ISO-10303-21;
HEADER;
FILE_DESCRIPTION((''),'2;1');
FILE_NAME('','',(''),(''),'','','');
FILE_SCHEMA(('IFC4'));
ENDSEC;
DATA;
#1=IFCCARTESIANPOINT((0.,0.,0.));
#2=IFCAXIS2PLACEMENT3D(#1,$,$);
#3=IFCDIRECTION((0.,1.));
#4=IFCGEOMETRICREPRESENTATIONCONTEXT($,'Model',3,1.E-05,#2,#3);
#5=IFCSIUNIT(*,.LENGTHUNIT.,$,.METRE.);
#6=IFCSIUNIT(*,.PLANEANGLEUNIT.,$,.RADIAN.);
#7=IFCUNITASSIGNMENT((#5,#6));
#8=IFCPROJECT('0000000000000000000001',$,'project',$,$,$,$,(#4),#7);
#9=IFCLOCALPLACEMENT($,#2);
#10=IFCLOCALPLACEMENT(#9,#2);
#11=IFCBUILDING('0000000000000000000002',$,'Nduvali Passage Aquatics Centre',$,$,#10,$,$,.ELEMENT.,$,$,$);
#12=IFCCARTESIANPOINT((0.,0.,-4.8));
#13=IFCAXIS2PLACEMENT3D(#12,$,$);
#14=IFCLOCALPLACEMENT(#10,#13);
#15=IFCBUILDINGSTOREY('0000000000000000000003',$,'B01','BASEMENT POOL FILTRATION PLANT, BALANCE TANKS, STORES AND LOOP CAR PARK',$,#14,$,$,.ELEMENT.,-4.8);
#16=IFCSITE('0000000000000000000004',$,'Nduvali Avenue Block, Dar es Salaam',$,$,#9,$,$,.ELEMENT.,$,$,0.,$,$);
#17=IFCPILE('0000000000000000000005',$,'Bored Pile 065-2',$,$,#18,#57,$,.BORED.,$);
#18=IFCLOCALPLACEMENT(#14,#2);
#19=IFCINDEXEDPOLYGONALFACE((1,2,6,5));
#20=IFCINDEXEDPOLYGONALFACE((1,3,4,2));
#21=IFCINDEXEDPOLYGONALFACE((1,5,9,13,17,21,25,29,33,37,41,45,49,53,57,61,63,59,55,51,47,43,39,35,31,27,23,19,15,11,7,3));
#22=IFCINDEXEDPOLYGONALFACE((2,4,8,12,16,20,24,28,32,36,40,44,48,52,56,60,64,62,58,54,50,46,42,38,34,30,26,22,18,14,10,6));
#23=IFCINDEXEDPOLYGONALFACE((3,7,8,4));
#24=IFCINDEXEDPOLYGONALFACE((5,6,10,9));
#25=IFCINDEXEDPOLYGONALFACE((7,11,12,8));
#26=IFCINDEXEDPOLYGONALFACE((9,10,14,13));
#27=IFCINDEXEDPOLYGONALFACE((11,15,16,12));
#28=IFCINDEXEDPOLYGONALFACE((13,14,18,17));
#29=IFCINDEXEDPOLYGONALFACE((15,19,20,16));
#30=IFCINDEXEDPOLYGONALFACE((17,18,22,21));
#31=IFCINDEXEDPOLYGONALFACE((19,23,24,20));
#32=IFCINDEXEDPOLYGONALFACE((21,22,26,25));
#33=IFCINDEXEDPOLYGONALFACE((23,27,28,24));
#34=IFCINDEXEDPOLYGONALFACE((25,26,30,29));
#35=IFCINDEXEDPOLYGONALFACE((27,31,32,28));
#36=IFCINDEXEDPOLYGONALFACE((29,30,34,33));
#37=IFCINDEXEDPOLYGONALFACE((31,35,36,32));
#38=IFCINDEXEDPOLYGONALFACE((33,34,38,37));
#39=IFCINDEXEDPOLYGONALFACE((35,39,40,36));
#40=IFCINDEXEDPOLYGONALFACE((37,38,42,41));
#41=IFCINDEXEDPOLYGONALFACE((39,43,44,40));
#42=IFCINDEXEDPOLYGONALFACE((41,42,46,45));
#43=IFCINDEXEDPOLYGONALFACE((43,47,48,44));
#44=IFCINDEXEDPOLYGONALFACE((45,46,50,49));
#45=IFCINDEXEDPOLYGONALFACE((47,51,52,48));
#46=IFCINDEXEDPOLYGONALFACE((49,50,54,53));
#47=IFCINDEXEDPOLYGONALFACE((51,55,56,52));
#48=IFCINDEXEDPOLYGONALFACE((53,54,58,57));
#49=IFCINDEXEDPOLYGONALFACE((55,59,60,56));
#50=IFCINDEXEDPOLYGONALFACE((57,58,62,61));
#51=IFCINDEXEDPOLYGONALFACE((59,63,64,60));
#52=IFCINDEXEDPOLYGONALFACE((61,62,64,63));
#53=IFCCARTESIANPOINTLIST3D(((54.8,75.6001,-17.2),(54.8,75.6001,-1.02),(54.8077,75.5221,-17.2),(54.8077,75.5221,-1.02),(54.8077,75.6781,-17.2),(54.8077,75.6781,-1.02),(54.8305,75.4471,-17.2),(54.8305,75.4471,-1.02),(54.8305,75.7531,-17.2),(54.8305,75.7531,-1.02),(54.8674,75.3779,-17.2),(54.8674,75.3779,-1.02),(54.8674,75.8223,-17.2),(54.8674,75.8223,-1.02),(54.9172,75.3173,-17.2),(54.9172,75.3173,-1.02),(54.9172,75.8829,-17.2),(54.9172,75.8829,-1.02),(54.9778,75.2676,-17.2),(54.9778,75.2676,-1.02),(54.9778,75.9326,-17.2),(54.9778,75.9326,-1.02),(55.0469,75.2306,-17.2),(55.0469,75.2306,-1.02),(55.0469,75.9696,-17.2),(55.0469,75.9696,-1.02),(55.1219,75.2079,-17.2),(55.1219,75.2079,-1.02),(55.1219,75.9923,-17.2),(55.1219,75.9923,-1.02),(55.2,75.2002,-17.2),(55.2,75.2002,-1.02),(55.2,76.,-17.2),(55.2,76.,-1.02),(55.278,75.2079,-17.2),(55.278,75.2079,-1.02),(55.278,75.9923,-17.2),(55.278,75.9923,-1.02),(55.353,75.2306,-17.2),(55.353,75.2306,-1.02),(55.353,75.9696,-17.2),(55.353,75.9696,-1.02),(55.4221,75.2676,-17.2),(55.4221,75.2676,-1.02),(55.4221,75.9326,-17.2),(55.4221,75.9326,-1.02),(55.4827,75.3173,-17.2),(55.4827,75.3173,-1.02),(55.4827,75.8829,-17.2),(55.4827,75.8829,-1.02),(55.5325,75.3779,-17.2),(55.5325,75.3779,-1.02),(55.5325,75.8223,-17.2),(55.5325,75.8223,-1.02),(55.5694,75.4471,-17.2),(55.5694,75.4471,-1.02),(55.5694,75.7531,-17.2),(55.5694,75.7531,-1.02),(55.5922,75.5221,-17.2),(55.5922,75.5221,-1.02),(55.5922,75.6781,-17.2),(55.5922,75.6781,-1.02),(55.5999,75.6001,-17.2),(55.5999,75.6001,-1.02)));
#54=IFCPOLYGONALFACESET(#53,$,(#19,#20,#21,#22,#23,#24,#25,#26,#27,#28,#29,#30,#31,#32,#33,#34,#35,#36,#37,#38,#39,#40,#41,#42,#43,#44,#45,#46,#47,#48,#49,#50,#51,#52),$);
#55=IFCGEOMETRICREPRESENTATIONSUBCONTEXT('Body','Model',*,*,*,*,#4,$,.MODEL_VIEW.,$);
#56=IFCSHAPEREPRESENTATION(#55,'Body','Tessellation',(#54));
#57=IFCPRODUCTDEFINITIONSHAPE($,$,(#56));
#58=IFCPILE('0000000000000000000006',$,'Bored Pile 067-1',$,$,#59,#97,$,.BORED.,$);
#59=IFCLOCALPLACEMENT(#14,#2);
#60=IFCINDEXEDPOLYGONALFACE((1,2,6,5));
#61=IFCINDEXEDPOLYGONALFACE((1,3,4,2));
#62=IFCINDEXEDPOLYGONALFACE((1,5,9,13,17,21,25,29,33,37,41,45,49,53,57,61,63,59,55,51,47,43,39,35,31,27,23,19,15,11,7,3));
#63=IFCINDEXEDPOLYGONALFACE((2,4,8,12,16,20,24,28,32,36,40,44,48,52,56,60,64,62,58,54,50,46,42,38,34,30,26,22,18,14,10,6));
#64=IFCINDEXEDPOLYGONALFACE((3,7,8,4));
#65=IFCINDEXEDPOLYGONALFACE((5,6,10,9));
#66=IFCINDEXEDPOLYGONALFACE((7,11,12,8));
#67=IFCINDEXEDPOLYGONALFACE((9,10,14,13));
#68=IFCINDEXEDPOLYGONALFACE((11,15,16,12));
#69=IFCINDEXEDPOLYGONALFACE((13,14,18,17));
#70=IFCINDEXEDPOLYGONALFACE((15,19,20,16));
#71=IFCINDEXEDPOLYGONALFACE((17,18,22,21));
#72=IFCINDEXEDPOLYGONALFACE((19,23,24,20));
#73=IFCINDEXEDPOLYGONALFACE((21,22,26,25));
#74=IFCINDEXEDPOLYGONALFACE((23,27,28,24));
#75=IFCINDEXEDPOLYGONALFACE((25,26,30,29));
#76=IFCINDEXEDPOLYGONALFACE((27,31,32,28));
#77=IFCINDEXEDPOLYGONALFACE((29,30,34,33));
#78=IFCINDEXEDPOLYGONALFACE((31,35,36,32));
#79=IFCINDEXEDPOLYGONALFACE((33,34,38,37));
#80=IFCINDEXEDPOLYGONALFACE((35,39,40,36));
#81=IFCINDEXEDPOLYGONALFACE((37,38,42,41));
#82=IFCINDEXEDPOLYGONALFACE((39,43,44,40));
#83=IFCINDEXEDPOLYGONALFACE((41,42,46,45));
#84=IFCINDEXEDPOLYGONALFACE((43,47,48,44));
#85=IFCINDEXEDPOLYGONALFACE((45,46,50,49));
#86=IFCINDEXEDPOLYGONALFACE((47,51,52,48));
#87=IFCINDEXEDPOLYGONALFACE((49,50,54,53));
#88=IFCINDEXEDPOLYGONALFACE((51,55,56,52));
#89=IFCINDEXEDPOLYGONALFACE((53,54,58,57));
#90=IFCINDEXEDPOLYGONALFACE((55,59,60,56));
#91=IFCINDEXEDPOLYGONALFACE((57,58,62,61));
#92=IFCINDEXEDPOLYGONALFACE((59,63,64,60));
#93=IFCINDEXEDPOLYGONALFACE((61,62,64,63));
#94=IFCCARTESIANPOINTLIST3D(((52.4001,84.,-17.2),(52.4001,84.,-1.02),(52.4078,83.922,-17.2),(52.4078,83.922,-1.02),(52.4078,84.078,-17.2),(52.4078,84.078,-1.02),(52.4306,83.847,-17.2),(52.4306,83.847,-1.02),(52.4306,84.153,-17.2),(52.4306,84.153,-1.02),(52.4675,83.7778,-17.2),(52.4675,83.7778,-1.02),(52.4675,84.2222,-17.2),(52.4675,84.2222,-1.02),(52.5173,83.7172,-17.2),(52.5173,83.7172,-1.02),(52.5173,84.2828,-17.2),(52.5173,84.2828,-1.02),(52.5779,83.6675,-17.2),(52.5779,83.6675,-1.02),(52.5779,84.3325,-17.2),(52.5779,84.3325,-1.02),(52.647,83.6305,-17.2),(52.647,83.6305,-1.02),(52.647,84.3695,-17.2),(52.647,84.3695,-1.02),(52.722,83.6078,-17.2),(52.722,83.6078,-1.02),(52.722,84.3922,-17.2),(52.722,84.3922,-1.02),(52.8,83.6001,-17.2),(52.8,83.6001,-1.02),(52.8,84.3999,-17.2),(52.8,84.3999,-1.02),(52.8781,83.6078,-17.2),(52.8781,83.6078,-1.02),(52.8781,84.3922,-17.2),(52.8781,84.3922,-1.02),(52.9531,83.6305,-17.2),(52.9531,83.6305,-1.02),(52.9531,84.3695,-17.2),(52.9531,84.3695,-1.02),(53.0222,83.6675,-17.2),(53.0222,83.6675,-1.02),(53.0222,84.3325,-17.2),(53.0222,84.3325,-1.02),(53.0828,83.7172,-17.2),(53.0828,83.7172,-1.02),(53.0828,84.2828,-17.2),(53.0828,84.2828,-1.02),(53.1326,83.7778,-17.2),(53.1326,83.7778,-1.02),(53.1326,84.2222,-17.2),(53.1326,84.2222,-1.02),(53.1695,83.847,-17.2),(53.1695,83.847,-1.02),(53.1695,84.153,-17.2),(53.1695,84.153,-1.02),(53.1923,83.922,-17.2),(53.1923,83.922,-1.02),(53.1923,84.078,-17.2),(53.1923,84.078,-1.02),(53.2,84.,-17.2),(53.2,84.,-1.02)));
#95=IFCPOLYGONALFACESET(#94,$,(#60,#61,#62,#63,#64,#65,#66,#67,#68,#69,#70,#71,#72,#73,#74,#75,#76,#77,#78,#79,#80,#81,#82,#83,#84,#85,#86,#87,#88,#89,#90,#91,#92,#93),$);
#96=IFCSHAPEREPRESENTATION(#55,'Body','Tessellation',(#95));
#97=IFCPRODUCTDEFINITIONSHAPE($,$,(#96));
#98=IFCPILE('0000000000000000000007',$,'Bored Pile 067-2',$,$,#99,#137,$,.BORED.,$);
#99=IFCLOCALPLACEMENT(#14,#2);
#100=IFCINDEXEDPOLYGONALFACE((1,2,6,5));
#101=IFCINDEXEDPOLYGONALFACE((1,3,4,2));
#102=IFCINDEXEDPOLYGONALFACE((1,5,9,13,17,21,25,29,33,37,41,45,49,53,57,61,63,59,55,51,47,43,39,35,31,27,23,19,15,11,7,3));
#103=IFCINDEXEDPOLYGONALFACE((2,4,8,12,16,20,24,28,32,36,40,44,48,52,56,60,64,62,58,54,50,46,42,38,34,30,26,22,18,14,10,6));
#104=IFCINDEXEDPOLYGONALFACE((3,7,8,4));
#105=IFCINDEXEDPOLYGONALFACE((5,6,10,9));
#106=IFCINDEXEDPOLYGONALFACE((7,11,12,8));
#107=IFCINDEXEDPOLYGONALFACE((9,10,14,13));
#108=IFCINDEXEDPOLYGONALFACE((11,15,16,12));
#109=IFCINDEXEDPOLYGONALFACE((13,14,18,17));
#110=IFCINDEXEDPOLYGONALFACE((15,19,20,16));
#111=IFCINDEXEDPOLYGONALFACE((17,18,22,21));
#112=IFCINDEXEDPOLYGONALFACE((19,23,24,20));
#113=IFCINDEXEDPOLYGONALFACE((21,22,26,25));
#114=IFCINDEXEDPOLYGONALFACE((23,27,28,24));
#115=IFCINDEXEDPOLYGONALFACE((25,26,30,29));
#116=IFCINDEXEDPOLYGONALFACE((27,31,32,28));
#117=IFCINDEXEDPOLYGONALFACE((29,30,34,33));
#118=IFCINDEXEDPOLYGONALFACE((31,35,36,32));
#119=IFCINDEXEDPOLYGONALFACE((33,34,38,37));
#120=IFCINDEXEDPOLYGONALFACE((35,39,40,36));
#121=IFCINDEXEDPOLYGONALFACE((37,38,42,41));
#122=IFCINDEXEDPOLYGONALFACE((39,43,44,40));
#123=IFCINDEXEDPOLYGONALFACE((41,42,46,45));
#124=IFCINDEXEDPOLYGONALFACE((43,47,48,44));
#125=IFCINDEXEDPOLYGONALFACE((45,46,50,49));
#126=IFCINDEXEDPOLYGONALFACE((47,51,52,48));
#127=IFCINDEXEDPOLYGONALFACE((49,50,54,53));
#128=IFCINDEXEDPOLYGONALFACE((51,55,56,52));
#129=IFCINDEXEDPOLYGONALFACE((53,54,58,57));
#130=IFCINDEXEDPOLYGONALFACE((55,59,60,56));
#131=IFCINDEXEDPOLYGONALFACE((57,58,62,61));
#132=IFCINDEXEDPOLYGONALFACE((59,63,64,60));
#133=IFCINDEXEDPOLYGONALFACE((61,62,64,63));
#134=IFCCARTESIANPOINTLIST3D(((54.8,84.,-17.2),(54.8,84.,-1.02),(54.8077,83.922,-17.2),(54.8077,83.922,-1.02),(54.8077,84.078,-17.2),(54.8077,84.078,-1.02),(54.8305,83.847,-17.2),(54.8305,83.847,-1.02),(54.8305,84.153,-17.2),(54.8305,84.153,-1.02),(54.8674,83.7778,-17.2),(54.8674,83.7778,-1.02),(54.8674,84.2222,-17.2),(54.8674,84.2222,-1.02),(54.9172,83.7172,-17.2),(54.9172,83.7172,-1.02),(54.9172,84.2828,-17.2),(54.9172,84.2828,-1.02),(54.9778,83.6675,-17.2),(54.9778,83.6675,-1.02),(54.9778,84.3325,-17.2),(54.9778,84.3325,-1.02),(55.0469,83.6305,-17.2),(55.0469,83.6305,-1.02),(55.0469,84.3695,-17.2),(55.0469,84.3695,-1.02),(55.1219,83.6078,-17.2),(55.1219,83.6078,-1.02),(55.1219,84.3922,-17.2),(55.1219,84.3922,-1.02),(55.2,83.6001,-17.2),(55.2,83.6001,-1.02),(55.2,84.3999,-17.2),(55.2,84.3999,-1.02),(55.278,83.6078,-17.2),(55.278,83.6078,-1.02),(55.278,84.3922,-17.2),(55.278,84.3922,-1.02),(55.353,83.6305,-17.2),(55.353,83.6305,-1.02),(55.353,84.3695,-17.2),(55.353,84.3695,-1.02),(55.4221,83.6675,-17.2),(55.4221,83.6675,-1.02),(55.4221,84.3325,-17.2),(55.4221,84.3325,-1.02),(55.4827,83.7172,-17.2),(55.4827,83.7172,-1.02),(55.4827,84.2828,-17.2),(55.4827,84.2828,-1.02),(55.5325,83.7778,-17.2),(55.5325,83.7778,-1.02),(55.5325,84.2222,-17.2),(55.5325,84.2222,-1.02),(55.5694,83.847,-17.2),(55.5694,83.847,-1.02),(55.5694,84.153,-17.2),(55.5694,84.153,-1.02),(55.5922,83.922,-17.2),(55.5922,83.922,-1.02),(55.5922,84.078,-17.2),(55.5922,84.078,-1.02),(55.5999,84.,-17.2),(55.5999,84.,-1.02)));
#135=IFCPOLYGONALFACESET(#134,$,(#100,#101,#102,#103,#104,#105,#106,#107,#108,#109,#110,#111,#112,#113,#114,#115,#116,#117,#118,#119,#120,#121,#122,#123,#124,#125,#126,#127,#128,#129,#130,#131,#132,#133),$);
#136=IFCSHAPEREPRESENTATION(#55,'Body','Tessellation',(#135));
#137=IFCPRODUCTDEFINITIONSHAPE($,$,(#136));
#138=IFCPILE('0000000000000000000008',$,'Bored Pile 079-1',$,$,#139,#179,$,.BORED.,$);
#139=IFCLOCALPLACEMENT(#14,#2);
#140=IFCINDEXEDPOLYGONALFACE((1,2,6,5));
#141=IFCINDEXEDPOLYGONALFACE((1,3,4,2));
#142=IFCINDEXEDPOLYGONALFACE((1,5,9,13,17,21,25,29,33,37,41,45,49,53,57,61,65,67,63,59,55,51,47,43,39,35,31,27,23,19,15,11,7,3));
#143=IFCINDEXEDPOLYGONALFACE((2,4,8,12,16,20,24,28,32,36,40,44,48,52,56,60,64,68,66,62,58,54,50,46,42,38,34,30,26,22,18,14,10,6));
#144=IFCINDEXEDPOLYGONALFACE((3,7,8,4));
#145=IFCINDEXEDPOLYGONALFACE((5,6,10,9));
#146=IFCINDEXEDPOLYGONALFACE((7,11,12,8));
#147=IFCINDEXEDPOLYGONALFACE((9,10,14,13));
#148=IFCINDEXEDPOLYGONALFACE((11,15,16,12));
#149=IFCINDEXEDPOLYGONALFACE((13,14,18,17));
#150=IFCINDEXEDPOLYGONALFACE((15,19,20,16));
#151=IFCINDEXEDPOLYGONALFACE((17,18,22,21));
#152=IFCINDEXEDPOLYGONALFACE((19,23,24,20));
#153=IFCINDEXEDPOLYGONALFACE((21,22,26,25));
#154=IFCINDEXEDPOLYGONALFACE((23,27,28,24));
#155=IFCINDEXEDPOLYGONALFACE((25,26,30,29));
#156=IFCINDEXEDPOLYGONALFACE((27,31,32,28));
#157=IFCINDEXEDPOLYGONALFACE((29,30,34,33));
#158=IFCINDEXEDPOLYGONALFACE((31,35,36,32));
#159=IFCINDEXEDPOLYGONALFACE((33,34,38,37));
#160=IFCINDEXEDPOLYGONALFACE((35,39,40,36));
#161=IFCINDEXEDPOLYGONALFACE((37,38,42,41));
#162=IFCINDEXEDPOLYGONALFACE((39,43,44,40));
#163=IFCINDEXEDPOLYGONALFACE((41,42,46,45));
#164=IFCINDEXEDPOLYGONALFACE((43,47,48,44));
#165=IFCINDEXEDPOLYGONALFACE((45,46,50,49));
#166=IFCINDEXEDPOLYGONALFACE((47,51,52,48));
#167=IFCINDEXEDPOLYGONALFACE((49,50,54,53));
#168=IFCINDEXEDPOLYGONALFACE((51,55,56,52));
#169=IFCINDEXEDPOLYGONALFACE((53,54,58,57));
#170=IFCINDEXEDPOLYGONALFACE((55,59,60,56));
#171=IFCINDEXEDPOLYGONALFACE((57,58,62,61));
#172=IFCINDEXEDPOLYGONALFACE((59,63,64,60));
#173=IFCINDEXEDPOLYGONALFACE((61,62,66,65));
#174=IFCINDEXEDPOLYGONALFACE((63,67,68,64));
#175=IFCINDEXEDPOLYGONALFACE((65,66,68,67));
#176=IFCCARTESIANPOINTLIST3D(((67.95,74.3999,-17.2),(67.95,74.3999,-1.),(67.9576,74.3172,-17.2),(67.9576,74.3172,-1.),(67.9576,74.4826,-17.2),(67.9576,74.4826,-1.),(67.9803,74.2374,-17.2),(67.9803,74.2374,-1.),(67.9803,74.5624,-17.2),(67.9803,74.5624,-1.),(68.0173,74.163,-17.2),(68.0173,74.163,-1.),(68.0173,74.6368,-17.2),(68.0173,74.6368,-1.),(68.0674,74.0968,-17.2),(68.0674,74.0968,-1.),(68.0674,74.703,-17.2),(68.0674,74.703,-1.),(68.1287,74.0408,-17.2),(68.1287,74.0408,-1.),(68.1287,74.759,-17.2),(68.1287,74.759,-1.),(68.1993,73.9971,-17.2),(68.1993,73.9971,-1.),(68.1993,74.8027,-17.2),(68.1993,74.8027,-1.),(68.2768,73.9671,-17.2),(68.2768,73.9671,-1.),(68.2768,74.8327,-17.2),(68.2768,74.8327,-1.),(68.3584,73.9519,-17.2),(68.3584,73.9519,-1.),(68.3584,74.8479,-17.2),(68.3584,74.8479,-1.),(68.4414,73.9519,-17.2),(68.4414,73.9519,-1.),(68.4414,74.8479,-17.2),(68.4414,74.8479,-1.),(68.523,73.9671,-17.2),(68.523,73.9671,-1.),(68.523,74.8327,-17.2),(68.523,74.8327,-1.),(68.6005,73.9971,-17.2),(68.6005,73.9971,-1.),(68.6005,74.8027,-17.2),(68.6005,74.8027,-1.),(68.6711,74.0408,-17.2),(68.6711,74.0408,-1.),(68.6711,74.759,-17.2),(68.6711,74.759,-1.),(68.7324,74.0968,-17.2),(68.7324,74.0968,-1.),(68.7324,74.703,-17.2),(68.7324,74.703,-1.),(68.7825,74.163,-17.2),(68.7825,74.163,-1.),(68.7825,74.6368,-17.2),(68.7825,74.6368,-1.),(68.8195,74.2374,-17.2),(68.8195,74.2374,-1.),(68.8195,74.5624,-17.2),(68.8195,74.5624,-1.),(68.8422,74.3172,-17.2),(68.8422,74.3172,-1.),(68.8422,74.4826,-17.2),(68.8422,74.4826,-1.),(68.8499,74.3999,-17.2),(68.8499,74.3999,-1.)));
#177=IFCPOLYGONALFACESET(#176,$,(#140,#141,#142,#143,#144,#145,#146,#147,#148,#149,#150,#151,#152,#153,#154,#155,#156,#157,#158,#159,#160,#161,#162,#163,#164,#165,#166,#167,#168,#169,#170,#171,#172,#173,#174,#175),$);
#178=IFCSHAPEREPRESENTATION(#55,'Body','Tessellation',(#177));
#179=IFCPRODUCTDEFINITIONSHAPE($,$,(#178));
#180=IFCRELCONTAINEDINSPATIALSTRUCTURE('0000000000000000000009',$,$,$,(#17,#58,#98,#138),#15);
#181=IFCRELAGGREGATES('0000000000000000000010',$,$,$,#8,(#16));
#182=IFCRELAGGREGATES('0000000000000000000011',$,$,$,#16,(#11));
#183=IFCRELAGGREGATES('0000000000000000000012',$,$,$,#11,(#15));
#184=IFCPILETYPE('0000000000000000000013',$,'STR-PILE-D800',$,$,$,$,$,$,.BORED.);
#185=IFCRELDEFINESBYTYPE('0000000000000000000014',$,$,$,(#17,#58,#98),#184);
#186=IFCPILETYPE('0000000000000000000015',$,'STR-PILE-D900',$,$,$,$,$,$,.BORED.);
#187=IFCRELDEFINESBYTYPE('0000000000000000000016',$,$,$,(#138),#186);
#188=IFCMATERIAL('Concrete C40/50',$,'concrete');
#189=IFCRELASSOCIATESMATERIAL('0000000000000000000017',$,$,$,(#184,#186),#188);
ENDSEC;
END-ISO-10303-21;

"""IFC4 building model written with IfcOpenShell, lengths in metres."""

from ifc_helpers import new_model, si_unit, direction, frame, origin, origin_2d, place, context, subcontext, project, spatial, circle, extrude, material, material_profile, profile_set, type_object, element, save


model = new_model("IFC4")

# Units and contexts
model_context = context("Model", 3, precision=1e-05, world=origin(), true_north=direction((0.0, 1.0)))
body_context = subcontext(model_context, "Body", "Model", "MODEL_VIEW")
ifc_project = project(units=[si_unit("LENGTHUNIT", "METRE"), si_unit("PLANEANGLEUNIT", "RADIAN")], contexts=[model_context])

# Site, building, storey
site_placement = place(None, origin())
site = spatial("IfcSite", under=ifc_project, at=site_placement, Name="Nduvali Avenue Block, Dar es Salaam", CompositionType="ELEMENT", RefElevation=0.0)
building_placement = place(site_placement, origin())
building = spatial("IfcBuilding", under=site, at=building_placement, Name="Nduvali Passage Aquatics Centre", CompositionType="ELEMENT")
storey_placement = place(building_placement, frame((0.0, 0.0, -4.8)))
storey = spatial("IfcBuildingStorey", under=building, at=storey_placement, Name="B01", Description="BASEMENT POOL FILTRATION PLANT, BALANCE TANKS, STORES AND LOOP CAR PARK", CompositionType="ELEMENT", Elevation=-4.8)

# Shared definitions
ifc_material_1 = material(Name="Concrete C40/50", Category="concrete")

# Piles
ifc_material_profile_1 = material_profile(ifc_material_1, circle(Radius=0.3999, at=origin_2d()), Name="PILE D800")
ifc_profile_set_1 = profile_set([ifc_material_profile_1], Name="Concrete C40/50")
pile_type_1 = type_object("IfcPileType", Name="STR-PILE-D800", PredefinedType="BORED", material=ifc_profile_set_1)
for number, where, z_axis, x_axis, name in (
    (1, (55.2, 75.6001, -1.02), (0.0, 0.0, -1.0), (1.0, 0.0, 0.0), "Bored Pile 065-2"),
    (2, (52.8, 84.0, -1.02), (0.0, 0.0, -1.0), (1.0, 0.0, 0.0), "Bored Pile 067-1"),
    (3, (55.2, 84.0, -1.02), (0.0, 0.0, -1.0), (1.0, 0.0, 0.0), "Bored Pile 067-2"),
):
    element("IfcPile", number, at=place(storey_placement, frame(where, z_axis=z_axis, x_axis=x_axis)), inside=storey, type_object=pile_type_1, Name=name, PredefinedType="BORED", context=body_context, shape_type="SweptSolid", body=[
        extrude(circle(Radius=0.3999, at=origin_2d()), origin(), (0.0, 0.0, 1.0), 16.1799),
    ])
ifc_material_profile_2 = material_profile(ifc_material_1, circle(Radius=0.45, at=origin_2d()), Name="PILE D900")
ifc_profile_set_2 = profile_set([ifc_material_profile_2], Name="Concrete C40/50")
pile_type_2 = type_object("IfcPileType", Name="STR-PILE-D900", PredefinedType="BORED", material=ifc_profile_set_2)
pile_1_placement = place(storey_placement, frame((68.3999, 74.3999, -1.0), z_axis=(0.0, 0.0, -1.0), x_axis=(1.0, 0.0, 0.0)))
element("IfcPile", 4, at=pile_1_placement, inside=storey, type_object=pile_type_2, Name="Bored Pile 079-1", PredefinedType="BORED", context=body_context, shape_type="SweptSolid", body=[
    extrude(circle(Radius=0.45, at=origin_2d()), origin(), (0.0, 0.0, 1.0), 16.2),
])

save(model, "model.ifc")
